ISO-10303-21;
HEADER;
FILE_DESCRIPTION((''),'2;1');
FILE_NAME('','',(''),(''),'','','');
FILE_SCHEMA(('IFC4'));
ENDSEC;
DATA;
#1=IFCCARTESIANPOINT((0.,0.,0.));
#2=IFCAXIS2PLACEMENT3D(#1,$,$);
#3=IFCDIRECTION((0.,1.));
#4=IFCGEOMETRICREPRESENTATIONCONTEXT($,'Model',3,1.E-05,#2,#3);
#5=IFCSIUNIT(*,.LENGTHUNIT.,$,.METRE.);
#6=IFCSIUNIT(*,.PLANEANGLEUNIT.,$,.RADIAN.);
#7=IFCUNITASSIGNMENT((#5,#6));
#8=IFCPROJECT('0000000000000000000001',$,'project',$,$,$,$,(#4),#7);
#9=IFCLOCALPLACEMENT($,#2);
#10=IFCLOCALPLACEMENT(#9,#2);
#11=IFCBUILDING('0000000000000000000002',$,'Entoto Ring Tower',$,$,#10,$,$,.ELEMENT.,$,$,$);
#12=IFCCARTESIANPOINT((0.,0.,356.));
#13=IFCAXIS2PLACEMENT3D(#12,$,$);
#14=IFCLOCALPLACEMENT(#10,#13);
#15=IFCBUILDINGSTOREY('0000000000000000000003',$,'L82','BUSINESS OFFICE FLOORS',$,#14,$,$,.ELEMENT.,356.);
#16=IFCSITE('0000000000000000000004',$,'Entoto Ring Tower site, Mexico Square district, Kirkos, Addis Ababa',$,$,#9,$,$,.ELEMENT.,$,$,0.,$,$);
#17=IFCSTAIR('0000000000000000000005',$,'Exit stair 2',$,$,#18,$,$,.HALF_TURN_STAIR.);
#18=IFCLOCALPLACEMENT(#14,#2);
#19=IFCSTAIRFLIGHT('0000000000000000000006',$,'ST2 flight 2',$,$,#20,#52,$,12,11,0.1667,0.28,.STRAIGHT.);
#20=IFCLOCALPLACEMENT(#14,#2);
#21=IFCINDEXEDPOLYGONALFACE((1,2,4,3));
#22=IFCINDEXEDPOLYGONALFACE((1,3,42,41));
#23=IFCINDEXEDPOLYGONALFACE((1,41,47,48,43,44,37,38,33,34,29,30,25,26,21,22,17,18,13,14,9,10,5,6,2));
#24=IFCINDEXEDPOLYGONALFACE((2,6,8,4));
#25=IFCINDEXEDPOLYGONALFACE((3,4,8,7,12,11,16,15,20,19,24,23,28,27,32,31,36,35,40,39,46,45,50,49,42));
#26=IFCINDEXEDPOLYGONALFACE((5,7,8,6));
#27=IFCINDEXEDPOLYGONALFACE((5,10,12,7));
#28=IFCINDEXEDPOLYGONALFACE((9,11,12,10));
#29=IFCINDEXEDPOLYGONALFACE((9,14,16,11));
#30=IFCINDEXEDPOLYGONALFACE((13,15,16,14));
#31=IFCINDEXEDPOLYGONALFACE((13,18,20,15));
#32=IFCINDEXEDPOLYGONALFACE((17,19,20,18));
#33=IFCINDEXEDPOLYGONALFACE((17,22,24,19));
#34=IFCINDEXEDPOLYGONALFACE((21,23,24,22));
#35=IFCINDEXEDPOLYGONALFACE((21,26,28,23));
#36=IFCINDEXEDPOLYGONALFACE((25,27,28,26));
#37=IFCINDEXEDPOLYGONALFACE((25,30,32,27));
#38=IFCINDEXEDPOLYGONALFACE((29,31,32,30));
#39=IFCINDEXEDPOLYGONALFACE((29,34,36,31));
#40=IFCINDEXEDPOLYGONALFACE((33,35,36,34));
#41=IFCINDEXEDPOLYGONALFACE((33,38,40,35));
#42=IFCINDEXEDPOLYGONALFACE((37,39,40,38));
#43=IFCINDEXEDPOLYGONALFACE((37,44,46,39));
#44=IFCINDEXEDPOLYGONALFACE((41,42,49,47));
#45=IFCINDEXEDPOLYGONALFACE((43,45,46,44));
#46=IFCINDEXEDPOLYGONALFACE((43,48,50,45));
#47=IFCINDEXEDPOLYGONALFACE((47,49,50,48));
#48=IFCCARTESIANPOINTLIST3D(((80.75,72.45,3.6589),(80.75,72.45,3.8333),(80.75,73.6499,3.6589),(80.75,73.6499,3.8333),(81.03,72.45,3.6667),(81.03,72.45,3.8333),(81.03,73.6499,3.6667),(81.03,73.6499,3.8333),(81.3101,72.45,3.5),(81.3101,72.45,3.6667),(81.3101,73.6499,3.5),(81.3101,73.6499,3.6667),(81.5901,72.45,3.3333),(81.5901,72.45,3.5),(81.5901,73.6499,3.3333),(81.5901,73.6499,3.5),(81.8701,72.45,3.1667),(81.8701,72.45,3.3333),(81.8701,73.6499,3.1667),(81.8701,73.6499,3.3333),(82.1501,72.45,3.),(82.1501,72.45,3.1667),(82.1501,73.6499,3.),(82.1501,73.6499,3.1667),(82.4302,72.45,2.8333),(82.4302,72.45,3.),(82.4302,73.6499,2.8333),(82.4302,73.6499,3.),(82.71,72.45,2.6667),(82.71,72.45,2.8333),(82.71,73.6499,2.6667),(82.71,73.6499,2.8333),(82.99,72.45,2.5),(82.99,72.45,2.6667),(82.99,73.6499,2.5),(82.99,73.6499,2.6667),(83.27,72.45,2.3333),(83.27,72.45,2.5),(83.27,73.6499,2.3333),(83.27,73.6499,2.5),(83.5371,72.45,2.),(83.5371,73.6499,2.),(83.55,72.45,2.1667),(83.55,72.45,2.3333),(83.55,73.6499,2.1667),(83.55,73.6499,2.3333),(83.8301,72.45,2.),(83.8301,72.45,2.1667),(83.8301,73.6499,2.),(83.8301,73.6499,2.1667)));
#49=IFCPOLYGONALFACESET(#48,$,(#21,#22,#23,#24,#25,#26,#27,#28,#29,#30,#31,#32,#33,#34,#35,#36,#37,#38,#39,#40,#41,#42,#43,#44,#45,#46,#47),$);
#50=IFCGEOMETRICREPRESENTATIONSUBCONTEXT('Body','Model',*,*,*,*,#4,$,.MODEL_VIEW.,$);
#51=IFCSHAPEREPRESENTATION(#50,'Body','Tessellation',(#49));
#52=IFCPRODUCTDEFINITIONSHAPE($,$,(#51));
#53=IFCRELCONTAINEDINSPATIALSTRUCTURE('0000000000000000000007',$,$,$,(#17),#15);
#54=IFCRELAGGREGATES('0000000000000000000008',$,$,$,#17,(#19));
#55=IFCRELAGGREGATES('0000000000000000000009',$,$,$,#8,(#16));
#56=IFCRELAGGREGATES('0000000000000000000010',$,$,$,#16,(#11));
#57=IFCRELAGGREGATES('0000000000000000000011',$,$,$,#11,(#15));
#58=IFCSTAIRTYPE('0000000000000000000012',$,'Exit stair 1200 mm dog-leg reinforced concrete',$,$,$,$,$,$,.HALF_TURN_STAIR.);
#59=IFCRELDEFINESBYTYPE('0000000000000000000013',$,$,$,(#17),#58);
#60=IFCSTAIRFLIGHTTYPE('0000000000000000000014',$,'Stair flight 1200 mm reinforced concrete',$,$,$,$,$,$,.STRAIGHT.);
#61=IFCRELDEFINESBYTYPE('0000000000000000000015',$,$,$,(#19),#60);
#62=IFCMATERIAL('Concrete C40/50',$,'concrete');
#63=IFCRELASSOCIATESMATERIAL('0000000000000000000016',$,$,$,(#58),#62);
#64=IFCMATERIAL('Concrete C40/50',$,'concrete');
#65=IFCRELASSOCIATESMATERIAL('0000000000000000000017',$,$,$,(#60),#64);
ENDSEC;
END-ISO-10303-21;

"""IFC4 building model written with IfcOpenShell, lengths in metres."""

from ifc_helpers import new_model, si_unit, direction, frame, origin, place, context, subcontext, project, spatial, polyline, outline, extrude, material, type_object, element, aggregate, save


model = new_model("IFC4")

# Units and contexts
model_context = context("Model", 3, precision=1e-05, world=origin(), true_north=direction((0.0, 1.0)))
body_context = subcontext(model_context, "Body", "Model", "MODEL_VIEW")
ifc_project = project(units=[si_unit("LENGTHUNIT", "METRE"), si_unit("PLANEANGLEUNIT", "RADIAN")], contexts=[model_context])

# Site, building, storey
site_placement = place(None, origin())
site = spatial("IfcSite", under=ifc_project, at=site_placement, Name="Entoto Ring Tower site, Mexico Square district, Kirkos, Addis Ababa", CompositionType="ELEMENT", RefElevation=0.0)
building_placement = place(site_placement, origin())
building = spatial("IfcBuilding", under=site, at=building_placement, Name="Entoto Ring Tower", CompositionType="ELEMENT")
storey_placement = place(building_placement, frame((0.0, 0.0, 356.0)))
storey = spatial("IfcBuildingStorey", under=building, at=storey_placement, Name="L82", Description="BUSINESS OFFICE FLOORS", CompositionType="ELEMENT", Elevation=356.0)

# Stair, stair flight
ifc_material_1 = material(Name="Concrete C40/50", Category="concrete")
stair_type = type_object("IfcStairType", Name="Exit stair 1200 mm dog-leg reinforced concrete", PredefinedType="HALF_TURN_STAIR", material=ifc_material_1)
stair_placement = place(storey_placement, origin())
stair = element("IfcStair", 1, at=stair_placement, inside=storey, type_object=stair_type, Name="Exit stair 2", PredefinedType="HALF_TURN_STAIR")
ifc_material_2 = material(Name="Concrete C40/50", Category="concrete")
stair_flight_type = type_object("IfcStairFlightType", Name="Stair flight 1200 mm reinforced concrete", PredefinedType="STRAIGHT", material=ifc_material_2)
stair_flight_placement = place(storey_placement, frame((83.8301, 73.05, 2.0), z_axis=(0.0, 0.0, 1.0), x_axis=(-1.0, 0.0, 0.0)))
stair_flight = element("IfcStairFlight", 2, at=stair_flight_placement, type_object=stair_flight_type, Name="ST2 flight 2", NumberOfRisers=12, NumberOfTreads=11, PredefinedType="STRAIGHT", RiserHeight=0.1667, TreadLength=0.28, context=body_context, shape_type="SweptSolid", body=[
    extrude(outline(polyline([(0.0, 0.0), (0.0, 0.1667), (0.28, 0.1667), (0.28, 0.3333), (0.5601, 0.3333), (0.5601, 0.5), (0.8401, 0.5), (0.8401, 0.6667), (1.1201, 0.6667), (1.1201, 0.8333), (1.3999, 0.8333), (1.3999, 1.0), (1.6799, 1.0), (1.6799, 1.1667), (1.96, 1.1667), (1.96, 1.3333), (2.24, 1.3333), (2.24, 1.5), (2.52, 1.5), (2.52, 1.6667), (2.8, 1.6667), (2.8, 1.8333), (3.0801, 1.8333), (3.0801, 2.0), (3.0801, 1.6589), (0.293, 0.0), (0.0, 0.0)])), frame((0.0, 0.6001, 0.0), z_axis=(0.0, -1.0, 0.0), x_axis=(1.0, 0.0, 0.0)), (0.0, 0.0, 1.0), 1.2),
])
aggregate(stair, [stair_flight])

save(model, "model.ifc")
